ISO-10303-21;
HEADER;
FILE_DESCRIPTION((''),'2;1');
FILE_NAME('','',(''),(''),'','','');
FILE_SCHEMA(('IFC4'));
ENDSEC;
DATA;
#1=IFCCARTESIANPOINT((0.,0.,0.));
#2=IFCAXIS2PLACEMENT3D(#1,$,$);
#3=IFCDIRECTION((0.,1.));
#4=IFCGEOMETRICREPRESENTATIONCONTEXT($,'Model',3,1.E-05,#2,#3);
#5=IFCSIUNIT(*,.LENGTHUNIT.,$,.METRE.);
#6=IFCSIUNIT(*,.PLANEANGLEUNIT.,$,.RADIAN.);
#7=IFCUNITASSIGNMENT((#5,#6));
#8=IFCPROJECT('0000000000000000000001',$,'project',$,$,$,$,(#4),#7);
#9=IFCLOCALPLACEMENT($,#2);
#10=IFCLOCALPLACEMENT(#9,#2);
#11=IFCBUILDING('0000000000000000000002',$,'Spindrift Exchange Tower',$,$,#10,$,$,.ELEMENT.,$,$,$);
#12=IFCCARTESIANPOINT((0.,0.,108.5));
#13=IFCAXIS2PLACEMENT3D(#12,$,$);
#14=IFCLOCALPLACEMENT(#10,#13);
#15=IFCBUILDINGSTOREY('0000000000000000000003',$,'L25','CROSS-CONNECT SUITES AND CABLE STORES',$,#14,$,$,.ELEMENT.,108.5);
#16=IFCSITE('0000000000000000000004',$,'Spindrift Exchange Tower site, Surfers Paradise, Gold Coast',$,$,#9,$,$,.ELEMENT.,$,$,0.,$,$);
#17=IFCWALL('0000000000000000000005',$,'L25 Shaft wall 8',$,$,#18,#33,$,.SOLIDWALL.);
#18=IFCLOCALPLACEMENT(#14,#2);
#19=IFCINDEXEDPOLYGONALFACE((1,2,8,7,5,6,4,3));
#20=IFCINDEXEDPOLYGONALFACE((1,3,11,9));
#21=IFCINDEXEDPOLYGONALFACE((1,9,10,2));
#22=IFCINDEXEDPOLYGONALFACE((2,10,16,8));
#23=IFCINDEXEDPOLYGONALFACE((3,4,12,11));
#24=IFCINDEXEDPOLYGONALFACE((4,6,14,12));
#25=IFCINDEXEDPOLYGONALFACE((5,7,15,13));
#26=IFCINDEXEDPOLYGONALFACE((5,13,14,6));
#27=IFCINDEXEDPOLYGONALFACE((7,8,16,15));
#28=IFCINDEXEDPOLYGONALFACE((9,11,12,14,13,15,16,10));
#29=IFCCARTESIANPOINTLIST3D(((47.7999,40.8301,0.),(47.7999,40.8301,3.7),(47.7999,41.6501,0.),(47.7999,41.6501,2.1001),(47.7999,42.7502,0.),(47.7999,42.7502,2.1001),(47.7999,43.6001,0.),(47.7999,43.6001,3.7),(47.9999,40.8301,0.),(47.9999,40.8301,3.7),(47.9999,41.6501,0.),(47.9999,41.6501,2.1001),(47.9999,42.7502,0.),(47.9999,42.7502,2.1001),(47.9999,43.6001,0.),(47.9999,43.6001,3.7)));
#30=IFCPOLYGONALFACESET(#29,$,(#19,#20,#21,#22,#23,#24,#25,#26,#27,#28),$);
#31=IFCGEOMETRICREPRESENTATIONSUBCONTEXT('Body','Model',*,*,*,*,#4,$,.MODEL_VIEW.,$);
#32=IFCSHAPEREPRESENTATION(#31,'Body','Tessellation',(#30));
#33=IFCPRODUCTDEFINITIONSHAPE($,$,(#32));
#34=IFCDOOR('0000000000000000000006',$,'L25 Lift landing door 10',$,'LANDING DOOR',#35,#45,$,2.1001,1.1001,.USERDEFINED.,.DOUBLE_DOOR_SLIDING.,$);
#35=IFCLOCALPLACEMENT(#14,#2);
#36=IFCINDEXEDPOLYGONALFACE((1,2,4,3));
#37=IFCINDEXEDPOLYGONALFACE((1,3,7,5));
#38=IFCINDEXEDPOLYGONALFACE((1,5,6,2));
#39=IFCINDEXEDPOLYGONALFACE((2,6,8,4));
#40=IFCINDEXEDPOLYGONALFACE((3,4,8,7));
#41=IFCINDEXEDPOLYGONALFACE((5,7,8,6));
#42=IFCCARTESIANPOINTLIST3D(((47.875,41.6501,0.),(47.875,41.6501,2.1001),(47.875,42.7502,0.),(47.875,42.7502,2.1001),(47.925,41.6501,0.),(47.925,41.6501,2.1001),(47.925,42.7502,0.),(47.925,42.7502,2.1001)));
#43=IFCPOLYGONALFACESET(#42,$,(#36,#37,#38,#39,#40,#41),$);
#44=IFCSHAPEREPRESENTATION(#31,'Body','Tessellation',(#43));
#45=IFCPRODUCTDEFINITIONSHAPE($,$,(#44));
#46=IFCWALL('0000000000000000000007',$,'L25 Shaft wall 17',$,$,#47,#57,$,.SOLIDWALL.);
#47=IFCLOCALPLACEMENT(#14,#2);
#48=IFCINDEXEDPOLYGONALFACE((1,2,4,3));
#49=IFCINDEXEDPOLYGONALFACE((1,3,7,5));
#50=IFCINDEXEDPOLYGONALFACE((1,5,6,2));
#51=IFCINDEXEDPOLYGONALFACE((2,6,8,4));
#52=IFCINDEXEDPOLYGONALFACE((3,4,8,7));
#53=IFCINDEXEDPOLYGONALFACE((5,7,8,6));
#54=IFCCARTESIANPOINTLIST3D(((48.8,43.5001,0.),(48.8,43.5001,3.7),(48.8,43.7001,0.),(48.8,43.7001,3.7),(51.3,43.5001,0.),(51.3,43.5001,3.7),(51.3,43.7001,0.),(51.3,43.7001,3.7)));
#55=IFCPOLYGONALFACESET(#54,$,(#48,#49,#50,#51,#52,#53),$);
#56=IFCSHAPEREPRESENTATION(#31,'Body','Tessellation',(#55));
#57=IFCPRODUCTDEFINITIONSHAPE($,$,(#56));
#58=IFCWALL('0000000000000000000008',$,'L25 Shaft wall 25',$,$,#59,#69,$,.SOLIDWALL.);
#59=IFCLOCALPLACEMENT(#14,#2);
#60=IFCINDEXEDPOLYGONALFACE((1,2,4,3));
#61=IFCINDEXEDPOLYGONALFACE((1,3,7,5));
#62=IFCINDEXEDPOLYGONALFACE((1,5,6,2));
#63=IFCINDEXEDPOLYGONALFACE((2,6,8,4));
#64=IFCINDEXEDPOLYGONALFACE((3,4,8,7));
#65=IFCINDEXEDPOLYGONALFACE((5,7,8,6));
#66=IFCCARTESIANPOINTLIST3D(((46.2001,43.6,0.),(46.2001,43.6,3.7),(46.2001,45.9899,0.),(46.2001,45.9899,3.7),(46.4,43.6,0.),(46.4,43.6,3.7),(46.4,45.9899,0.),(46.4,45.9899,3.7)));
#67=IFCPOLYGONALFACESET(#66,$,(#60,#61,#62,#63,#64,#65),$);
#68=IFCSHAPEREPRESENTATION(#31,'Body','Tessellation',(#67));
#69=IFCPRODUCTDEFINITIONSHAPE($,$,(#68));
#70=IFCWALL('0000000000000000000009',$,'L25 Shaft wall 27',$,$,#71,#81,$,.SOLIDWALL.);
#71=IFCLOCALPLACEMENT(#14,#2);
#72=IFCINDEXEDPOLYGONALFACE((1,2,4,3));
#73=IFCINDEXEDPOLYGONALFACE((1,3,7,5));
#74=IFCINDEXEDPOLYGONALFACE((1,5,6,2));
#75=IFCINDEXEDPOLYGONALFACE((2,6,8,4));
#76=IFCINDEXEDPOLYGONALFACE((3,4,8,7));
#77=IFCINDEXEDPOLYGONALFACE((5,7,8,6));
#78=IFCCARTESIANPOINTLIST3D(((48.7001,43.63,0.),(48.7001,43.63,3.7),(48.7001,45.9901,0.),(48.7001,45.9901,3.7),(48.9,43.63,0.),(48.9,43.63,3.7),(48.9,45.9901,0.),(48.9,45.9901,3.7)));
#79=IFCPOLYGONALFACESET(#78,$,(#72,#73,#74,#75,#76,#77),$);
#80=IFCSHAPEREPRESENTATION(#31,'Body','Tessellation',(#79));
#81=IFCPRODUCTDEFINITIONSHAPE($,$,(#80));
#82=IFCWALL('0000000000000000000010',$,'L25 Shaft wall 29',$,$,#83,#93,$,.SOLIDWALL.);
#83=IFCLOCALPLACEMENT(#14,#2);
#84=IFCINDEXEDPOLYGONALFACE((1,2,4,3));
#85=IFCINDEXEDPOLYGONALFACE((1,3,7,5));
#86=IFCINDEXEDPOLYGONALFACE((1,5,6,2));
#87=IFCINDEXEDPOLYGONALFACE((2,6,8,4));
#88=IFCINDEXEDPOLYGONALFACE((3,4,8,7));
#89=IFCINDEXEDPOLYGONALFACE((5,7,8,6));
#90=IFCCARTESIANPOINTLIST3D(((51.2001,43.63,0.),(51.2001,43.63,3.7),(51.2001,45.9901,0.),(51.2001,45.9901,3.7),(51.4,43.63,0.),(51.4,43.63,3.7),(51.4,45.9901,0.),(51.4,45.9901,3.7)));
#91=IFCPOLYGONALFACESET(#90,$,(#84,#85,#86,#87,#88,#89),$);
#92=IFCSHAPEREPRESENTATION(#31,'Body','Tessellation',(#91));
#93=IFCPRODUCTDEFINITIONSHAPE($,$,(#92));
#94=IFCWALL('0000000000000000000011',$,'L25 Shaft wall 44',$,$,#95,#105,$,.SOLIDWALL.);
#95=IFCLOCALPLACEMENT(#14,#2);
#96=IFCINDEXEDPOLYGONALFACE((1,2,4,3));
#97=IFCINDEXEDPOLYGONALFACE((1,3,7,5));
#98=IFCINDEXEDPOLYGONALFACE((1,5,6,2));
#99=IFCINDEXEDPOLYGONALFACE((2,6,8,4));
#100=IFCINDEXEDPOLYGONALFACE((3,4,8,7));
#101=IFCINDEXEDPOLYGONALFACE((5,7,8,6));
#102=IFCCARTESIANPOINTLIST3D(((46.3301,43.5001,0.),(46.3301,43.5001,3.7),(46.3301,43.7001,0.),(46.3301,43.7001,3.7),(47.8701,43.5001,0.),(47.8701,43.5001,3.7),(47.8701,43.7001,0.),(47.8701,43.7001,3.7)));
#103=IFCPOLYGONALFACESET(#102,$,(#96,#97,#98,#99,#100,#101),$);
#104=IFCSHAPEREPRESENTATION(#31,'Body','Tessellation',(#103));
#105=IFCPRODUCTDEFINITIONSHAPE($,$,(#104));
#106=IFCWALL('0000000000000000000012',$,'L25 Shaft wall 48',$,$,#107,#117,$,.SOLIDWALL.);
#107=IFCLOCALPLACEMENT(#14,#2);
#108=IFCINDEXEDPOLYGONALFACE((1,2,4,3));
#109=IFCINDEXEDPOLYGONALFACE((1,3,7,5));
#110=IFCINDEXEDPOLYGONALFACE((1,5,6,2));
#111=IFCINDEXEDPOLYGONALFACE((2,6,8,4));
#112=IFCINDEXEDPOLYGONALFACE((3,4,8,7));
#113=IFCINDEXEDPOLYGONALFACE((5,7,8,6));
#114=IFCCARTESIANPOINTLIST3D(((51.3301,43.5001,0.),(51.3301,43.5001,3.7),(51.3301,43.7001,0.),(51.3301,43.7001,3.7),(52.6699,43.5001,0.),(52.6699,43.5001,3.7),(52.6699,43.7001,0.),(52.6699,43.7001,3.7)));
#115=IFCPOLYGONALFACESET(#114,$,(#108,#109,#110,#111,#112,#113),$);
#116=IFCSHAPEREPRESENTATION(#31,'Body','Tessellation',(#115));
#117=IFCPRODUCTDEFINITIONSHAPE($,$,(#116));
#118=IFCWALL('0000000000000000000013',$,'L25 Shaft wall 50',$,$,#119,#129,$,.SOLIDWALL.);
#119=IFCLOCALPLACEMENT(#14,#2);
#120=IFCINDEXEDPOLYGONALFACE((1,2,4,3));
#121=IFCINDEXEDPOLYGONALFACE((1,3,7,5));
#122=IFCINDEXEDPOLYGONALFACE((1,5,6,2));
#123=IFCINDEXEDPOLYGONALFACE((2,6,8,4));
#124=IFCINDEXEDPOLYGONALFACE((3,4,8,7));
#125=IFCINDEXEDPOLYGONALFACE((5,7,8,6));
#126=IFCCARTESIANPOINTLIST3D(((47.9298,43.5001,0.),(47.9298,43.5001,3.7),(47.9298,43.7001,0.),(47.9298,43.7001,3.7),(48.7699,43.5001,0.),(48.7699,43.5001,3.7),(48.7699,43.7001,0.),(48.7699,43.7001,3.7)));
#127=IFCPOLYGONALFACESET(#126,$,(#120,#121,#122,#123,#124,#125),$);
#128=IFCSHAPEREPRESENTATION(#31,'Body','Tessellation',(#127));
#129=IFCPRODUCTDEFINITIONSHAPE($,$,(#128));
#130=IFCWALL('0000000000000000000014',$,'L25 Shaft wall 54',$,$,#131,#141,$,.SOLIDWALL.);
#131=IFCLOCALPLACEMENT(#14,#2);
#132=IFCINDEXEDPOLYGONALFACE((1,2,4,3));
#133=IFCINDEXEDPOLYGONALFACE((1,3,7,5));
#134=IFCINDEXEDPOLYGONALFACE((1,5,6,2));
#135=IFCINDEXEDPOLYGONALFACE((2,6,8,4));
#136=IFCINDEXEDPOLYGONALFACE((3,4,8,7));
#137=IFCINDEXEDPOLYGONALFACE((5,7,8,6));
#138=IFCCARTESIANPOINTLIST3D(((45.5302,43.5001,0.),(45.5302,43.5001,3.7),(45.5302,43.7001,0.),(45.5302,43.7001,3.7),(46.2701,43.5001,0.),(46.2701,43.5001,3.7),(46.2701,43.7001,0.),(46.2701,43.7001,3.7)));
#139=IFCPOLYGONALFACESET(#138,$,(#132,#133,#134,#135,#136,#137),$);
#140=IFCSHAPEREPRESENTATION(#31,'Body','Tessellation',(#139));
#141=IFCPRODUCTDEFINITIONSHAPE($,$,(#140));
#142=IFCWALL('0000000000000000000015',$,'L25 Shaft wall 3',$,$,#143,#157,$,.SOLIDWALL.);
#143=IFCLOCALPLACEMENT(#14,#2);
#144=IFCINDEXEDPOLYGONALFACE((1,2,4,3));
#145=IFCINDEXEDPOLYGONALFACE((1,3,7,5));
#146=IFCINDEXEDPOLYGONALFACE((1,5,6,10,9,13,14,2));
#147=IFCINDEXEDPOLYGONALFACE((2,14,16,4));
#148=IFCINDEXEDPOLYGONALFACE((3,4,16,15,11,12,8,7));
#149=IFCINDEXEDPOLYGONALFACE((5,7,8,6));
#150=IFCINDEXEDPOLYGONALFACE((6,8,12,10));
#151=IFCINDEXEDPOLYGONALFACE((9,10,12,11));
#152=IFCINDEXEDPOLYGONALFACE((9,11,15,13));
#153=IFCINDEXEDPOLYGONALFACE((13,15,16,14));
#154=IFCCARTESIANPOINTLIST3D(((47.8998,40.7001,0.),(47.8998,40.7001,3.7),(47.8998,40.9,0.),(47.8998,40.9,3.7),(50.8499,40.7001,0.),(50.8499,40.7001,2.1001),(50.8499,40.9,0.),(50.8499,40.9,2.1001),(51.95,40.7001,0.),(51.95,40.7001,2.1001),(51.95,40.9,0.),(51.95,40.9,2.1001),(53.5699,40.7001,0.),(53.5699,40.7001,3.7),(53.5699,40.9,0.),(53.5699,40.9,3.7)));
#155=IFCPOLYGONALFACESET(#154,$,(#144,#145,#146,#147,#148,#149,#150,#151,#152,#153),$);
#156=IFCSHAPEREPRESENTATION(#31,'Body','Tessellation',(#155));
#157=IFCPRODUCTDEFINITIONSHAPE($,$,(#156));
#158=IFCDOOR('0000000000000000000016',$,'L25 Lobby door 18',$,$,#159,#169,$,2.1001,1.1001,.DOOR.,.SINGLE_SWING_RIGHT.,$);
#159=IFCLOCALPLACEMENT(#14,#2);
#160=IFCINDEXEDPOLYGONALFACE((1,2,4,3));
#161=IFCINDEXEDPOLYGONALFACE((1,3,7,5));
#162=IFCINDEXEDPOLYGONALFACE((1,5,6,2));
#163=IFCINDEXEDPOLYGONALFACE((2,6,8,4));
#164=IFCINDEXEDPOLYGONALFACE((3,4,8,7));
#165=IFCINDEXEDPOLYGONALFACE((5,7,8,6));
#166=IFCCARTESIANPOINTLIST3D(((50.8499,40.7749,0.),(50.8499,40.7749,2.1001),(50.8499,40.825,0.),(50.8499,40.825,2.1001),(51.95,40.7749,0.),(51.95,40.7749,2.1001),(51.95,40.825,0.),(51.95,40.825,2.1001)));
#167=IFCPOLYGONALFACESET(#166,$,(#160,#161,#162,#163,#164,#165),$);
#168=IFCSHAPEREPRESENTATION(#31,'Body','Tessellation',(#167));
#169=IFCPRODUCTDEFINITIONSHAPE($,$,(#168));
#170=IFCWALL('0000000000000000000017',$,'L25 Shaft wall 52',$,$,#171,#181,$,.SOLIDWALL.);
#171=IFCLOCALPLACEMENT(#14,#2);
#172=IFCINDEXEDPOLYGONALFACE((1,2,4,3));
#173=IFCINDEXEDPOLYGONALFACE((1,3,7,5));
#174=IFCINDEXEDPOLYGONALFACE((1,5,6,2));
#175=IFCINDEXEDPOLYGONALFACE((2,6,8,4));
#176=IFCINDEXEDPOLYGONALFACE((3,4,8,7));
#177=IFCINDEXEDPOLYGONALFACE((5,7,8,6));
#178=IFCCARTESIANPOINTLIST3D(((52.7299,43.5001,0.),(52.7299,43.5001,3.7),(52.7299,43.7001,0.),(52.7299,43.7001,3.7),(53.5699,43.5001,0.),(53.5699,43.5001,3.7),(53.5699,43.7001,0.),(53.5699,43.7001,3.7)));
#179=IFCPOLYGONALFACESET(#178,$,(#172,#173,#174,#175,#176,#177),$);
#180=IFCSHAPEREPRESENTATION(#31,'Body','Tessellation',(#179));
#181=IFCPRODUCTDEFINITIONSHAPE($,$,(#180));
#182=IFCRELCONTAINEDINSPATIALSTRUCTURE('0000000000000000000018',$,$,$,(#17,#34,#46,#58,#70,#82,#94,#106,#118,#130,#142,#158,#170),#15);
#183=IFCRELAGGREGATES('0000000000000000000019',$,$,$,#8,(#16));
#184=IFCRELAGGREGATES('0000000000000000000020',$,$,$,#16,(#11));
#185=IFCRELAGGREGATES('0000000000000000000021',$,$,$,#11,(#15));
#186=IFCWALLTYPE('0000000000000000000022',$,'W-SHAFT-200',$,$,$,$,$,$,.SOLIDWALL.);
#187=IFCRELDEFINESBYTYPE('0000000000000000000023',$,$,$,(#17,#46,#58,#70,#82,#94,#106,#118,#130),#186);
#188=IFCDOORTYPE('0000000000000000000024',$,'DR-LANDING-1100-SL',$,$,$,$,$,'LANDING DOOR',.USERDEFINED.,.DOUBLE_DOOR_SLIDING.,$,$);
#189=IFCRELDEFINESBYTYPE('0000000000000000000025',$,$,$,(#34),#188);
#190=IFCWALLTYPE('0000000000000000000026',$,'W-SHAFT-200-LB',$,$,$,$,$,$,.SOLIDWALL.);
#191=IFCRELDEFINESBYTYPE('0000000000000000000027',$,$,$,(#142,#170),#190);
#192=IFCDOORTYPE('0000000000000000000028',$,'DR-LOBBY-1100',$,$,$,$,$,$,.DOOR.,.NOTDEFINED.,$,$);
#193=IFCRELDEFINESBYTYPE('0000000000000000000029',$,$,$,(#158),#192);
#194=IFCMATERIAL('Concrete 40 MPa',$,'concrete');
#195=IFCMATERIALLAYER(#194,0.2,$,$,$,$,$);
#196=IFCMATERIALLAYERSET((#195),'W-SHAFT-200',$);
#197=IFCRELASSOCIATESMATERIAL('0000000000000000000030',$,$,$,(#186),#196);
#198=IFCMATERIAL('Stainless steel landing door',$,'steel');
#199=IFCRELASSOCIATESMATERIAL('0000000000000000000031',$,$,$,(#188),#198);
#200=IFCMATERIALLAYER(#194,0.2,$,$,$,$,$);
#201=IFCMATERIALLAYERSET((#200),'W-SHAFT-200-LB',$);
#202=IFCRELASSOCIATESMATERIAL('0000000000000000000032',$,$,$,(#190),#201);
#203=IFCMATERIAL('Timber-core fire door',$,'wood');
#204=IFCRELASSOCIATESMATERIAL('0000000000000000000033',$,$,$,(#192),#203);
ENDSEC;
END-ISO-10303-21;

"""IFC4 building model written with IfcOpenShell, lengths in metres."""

from ifc_helpers import new_model, si_unit, direction, frame, frame_2d, origin, place, context, subcontext, project, spatial, rectangle, extrude, source, transform, mapped, material, layer, layer_set, type_object, element, fill, save


model = new_model("IFC4")

# Units and contexts
model_context = context("Model", 3, precision=1e-05, world=origin(), true_north=direction((0.0, 1.0)))
body_context = subcontext(model_context, "Body", "Model", "MODEL_VIEW")
ifc_project = project(units=[si_unit("LENGTHUNIT", "METRE"), si_unit("PLANEANGLEUNIT", "RADIAN")], contexts=[model_context])

# Site, building, storey
site_placement = place(None, origin())
site = spatial("IfcSite", under=ifc_project, at=site_placement, Name="Spindrift Exchange Tower site, Surfers Paradise, Gold Coast", CompositionType="ELEMENT", RefElevation=0.0)
building_placement = place(site_placement, origin())
building = spatial("IfcBuilding", under=site, at=building_placement, Name="Spindrift Exchange Tower", CompositionType="ELEMENT")
storey_placement = place(building_placement, frame((0.0, 0.0, 108.5)))
storey = spatial("IfcBuildingStorey", under=building, at=storey_placement, Name="L25", Description="CROSS-CONNECT SUITES AND CABLE STORES", CompositionType="ELEMENT", Elevation=108.5)

# Wall, opening, door
ifc_material_1 = material(Name="Concrete 40 MPa", Category="concrete")
ifc_layer_1 = layer(ifc_material_1, 0.2)
ifc_layer_set_1 = layer_set([ifc_layer_1], Name="W-SHAFT-200")
wall_type_1 = type_object("IfcWallType", Name="W-SHAFT-200", PredefinedType="SOLIDWALL", material=ifc_layer_set_1)
wall_1_placement = place(storey_placement, frame((47.8999, 40.8301, 0.0), z_axis=(0.0, 0.0, 1.0), x_axis=(0.0, 1.0, 0.0)))
wall_1 = element("IfcWall", 1, at=wall_1_placement, inside=storey, type_object=wall_type_1, Name="L25 Shaft wall 8", PredefinedType="SOLIDWALL", context=body_context, shape_type="SweptSolid", body=[
    extrude(rectangle(XDim=2.77, YDim=0.2, at=frame_2d((1.385, 0.0))), origin(), (0.0, 0.0, 1.0), 3.7),
])
opening_1_placement = place(wall_1_placement, frame((0.8201, 0.0, 0.0)))
opening_1 = element("IfcOpeningElement", 2, at=opening_1_placement, cuts=wall_1, PredefinedType="OPENING", context=body_context, shape_type="SweptSolid", body=[
    extrude(rectangle(XDim=1.1001, YDim=2.1001, at=frame_2d((0.55, 1.05))), frame((0.0, 0.1099, 0.0), z_axis=(0.0, -1.0, 0.0), x_axis=(1.0, 0.0, 0.0)), (0.0, 0.0, 1.0), 0.22),
])
ifc_material_2 = material(Name="Stainless steel landing door", Category="steel")
door_type_1 = type_object("IfcDoorType", Name="DR-LANDING-1100-SL", ElementType="LANDING DOOR", OperationType="DOUBLE_DOOR_SLIDING", PredefinedType="USERDEFINED", material=ifc_material_2)
shared_shape_1 = source(origin(), body_context, "Body", "SweptSolid", [
    extrude(rectangle(XDim=1.1001, YDim=2.1001, at=frame_2d((0.55, 1.05))), frame((0.0, 0.0249, 0.0), z_axis=(0.0, -1.0, 0.0), x_axis=(1.0, 0.0, 0.0)), (0.0, 0.0, 1.0), 0.05),
])
door_1_placement = place(opening_1_placement, origin())
door_1 = element("IfcDoor", 3, at=door_1_placement, inside=storey, type_object=door_type_1, Name="L25 Lift landing door 10", ObjectType="LANDING DOOR", OperationType="DOUBLE_DOOR_SLIDING", OverallHeight=2.1001, OverallWidth=1.1001, PredefinedType="USERDEFINED", context=body_context, shape_type="MappedRepresentation", body=[
    mapped(shared_shape_1, transform((0.0, 0.0, 0.0), scale=1.0)),
])
fill(opening_1, door_1)

# Walls
wall_2_placement = place(storey_placement, frame((48.8, 43.6001, 0.0), z_axis=(0.0, 0.0, 1.0), x_axis=(1.0, 0.0, 0.0)))
element("IfcWall", 4, at=wall_2_placement, inside=storey, type_object=wall_type_1, Name="L25 Shaft wall 17", PredefinedType="SOLIDWALL", context=body_context, shape_type="SweptSolid", body=[
    extrude(rectangle(XDim=2.5, YDim=0.2, at=frame_2d((1.25, 0.0))), origin(), (0.0, 0.0, 1.0), 3.7),
])
wall_3_placement = place(storey_placement, frame((46.3, 43.6001, 0.0), z_axis=(0.0, 0.0, 1.0), x_axis=(0.0, 1.0, 0.0)))
element("IfcWall", 5, at=wall_3_placement, inside=storey, type_object=wall_type_1, Name="L25 Shaft wall 25", PredefinedType="SOLIDWALL", context=body_context, shape_type="SweptSolid", body=[
    extrude(rectangle(XDim=2.3899, YDim=0.2, at=frame_2d((1.1948, 0.0))), origin(), (0.0, 0.0, 1.0), 3.7),
])
for number, where, z_axis, x_axis, name in (
    (6, (48.8, 43.6299, 0.0), (0.0, 0.0, 1.0), (0.0, 1.0, 0.0), "L25 Shaft wall 27"),
    (7, (51.3, 43.6299, 0.0), (0.0, 0.0, 1.0), (0.0, 1.0, 0.0), "L25 Shaft wall 29"),
):
    element("IfcWall", number, at=place(storey_placement, frame(where, z_axis=z_axis, x_axis=x_axis)), inside=storey, type_object=wall_type_1, Name=name, PredefinedType="SOLIDWALL", context=body_context, shape_type="SweptSolid", body=[
        extrude(rectangle(XDim=2.3601, YDim=0.2, at=frame_2d((1.1802, 0.0))), origin(), (0.0, 0.0, 1.0), 3.7),
    ])
wall_4_placement = place(storey_placement, frame((46.3301, 43.6001, 0.0), z_axis=(0.0, 0.0, 1.0), x_axis=(1.0, 0.0, 0.0)))
element("IfcWall", 8, at=wall_4_placement, inside=storey, type_object=wall_type_1, Name="L25 Shaft wall 44", PredefinedType="SOLIDWALL", context=body_context, shape_type="SweptSolid", body=[
    extrude(rectangle(XDim=1.54, YDim=0.2, at=frame_2d((0.77, 0.0))), origin(), (0.0, 0.0, 1.0), 3.7),
])
wall_5_placement = place(storey_placement, frame((52.6699, 43.6001, 0.0), z_axis=(0.0, 0.0, 1.0), x_axis=(-1.0, 0.0, 0.0)))
element("IfcWall", 9, at=wall_5_placement, inside=storey, type_object=wall_type_1, Name="L25 Shaft wall 48", PredefinedType="SOLIDWALL", context=body_context, shape_type="SweptSolid", body=[
    extrude(rectangle(XDim=1.3398, YDim=0.2, at=frame_2d((0.6699, 0.0))), origin(), (0.0, 0.0, 1.0), 3.7),
])
wall_6_placement = place(storey_placement, frame((47.9299, 43.6001, 0.0), z_axis=(0.0, 0.0, 1.0), x_axis=(1.0, 0.0, 0.0)))
element("IfcWall", 10, at=wall_6_placement, inside=storey, type_object=wall_type_1, Name="L25 Shaft wall 50", PredefinedType="SOLIDWALL", context=body_context, shape_type="SweptSolid", body=[
    extrude(rectangle(XDim=0.8401, YDim=0.2, at=frame_2d((0.4199, 0.0))), origin(), (0.0, 0.0, 1.0), 3.7),
])
wall_7_placement = place(storey_placement, frame((45.53, 43.6001, 0.0), z_axis=(0.0, 0.0, 1.0), x_axis=(1.0, 0.0, 0.0)))
element("IfcWall", 11, at=wall_7_placement, inside=storey, type_object=wall_type_1, Name="L25 Shaft wall 54", PredefinedType="SOLIDWALL", context=body_context, shape_type="SweptSolid", body=[
    extrude(rectangle(XDim=0.74, YDim=0.2, at=frame_2d((0.3701, 0.0))), origin(), (0.0, 0.0, 1.0), 3.7),
])

# Wall, opening, door
ifc_layer_2 = layer(ifc_material_1, 0.2)
ifc_layer_set_2 = layer_set([ifc_layer_2], Name="W-SHAFT-200-LB")
wall_type_2 = type_object("IfcWallType", Name="W-SHAFT-200-LB", PredefinedType="SOLIDWALL", material=ifc_layer_set_2)
wall_8_placement = place(storey_placement, frame((47.8999, 40.8, 0.0), z_axis=(0.0, 0.0, 1.0), x_axis=(1.0, 0.0, 0.0)))
wall_8 = element("IfcWall", 12, at=wall_8_placement, inside=storey, type_object=wall_type_2, Name="L25 Shaft wall 3", PredefinedType="SOLIDWALL", context=body_context, shape_type="SweptSolid", body=[
    extrude(rectangle(XDim=5.6702, YDim=0.2, at=frame_2d((2.835, 0.0))), origin(), (0.0, 0.0, 1.0), 3.7),
])
opening_2_placement = place(wall_8_placement, frame((2.95, 0.0, 0.0)))
opening_2 = element("IfcOpeningElement", 13, at=opening_2_placement, cuts=wall_8, PredefinedType="OPENING", context=body_context, shape_type="SweptSolid", body=[
    extrude(rectangle(XDim=1.1001, YDim=2.1001, at=frame_2d((0.55, 1.05))), frame((0.0, 0.1099, 0.0), z_axis=(0.0, -1.0, 0.0), x_axis=(1.0, 0.0, 0.0)), (0.0, 0.0, 1.0), 0.22),
])
ifc_material_3 = material(Name="Timber-core fire door", Category="wood")
door_type_2 = type_object("IfcDoorType", Name="DR-LOBBY-1100", OperationType="NOTDEFINED", PredefinedType="DOOR", material=ifc_material_3)
shared_shape_2 = source(origin(), body_context, "Body", "SweptSolid", [
    extrude(rectangle(XDim=1.1001, YDim=2.1001, at=frame_2d((0.55, 1.05))), frame((0.0, 0.0249, 0.0), z_axis=(0.0, -1.0, 0.0), x_axis=(1.0, 0.0, 0.0)), (0.0, 0.0, 1.0), 0.05),
])
door_2_placement = place(opening_2_placement, origin())
door_2 = element("IfcDoor", 14, at=door_2_placement, inside=storey, type_object=door_type_2, Name="L25 Lobby door 18", OperationType="SINGLE_SWING_RIGHT", OverallHeight=2.1001, OverallWidth=1.1001, PredefinedType="DOOR", context=body_context, shape_type="MappedRepresentation", body=[
    mapped(shared_shape_2, transform((0.0, 0.0, 0.0), scale=1.0)),
])
fill(opening_2, door_2)

# Wall
wall_9_placement = place(storey_placement, frame((52.73, 43.6001, 0.0), z_axis=(0.0, 0.0, 1.0), x_axis=(1.0, 0.0, 0.0)))
element("IfcWall", 15, at=wall_9_placement, inside=storey, type_object=wall_type_2, Name="L25 Shaft wall 52", PredefinedType="SOLIDWALL", context=body_context, shape_type="SweptSolid", body=[
    extrude(rectangle(XDim=0.8401, YDim=0.2, at=frame_2d((0.4199, 0.0))), origin(), (0.0, 0.0, 1.0), 3.7),
])

save(model, "model.ifc")
